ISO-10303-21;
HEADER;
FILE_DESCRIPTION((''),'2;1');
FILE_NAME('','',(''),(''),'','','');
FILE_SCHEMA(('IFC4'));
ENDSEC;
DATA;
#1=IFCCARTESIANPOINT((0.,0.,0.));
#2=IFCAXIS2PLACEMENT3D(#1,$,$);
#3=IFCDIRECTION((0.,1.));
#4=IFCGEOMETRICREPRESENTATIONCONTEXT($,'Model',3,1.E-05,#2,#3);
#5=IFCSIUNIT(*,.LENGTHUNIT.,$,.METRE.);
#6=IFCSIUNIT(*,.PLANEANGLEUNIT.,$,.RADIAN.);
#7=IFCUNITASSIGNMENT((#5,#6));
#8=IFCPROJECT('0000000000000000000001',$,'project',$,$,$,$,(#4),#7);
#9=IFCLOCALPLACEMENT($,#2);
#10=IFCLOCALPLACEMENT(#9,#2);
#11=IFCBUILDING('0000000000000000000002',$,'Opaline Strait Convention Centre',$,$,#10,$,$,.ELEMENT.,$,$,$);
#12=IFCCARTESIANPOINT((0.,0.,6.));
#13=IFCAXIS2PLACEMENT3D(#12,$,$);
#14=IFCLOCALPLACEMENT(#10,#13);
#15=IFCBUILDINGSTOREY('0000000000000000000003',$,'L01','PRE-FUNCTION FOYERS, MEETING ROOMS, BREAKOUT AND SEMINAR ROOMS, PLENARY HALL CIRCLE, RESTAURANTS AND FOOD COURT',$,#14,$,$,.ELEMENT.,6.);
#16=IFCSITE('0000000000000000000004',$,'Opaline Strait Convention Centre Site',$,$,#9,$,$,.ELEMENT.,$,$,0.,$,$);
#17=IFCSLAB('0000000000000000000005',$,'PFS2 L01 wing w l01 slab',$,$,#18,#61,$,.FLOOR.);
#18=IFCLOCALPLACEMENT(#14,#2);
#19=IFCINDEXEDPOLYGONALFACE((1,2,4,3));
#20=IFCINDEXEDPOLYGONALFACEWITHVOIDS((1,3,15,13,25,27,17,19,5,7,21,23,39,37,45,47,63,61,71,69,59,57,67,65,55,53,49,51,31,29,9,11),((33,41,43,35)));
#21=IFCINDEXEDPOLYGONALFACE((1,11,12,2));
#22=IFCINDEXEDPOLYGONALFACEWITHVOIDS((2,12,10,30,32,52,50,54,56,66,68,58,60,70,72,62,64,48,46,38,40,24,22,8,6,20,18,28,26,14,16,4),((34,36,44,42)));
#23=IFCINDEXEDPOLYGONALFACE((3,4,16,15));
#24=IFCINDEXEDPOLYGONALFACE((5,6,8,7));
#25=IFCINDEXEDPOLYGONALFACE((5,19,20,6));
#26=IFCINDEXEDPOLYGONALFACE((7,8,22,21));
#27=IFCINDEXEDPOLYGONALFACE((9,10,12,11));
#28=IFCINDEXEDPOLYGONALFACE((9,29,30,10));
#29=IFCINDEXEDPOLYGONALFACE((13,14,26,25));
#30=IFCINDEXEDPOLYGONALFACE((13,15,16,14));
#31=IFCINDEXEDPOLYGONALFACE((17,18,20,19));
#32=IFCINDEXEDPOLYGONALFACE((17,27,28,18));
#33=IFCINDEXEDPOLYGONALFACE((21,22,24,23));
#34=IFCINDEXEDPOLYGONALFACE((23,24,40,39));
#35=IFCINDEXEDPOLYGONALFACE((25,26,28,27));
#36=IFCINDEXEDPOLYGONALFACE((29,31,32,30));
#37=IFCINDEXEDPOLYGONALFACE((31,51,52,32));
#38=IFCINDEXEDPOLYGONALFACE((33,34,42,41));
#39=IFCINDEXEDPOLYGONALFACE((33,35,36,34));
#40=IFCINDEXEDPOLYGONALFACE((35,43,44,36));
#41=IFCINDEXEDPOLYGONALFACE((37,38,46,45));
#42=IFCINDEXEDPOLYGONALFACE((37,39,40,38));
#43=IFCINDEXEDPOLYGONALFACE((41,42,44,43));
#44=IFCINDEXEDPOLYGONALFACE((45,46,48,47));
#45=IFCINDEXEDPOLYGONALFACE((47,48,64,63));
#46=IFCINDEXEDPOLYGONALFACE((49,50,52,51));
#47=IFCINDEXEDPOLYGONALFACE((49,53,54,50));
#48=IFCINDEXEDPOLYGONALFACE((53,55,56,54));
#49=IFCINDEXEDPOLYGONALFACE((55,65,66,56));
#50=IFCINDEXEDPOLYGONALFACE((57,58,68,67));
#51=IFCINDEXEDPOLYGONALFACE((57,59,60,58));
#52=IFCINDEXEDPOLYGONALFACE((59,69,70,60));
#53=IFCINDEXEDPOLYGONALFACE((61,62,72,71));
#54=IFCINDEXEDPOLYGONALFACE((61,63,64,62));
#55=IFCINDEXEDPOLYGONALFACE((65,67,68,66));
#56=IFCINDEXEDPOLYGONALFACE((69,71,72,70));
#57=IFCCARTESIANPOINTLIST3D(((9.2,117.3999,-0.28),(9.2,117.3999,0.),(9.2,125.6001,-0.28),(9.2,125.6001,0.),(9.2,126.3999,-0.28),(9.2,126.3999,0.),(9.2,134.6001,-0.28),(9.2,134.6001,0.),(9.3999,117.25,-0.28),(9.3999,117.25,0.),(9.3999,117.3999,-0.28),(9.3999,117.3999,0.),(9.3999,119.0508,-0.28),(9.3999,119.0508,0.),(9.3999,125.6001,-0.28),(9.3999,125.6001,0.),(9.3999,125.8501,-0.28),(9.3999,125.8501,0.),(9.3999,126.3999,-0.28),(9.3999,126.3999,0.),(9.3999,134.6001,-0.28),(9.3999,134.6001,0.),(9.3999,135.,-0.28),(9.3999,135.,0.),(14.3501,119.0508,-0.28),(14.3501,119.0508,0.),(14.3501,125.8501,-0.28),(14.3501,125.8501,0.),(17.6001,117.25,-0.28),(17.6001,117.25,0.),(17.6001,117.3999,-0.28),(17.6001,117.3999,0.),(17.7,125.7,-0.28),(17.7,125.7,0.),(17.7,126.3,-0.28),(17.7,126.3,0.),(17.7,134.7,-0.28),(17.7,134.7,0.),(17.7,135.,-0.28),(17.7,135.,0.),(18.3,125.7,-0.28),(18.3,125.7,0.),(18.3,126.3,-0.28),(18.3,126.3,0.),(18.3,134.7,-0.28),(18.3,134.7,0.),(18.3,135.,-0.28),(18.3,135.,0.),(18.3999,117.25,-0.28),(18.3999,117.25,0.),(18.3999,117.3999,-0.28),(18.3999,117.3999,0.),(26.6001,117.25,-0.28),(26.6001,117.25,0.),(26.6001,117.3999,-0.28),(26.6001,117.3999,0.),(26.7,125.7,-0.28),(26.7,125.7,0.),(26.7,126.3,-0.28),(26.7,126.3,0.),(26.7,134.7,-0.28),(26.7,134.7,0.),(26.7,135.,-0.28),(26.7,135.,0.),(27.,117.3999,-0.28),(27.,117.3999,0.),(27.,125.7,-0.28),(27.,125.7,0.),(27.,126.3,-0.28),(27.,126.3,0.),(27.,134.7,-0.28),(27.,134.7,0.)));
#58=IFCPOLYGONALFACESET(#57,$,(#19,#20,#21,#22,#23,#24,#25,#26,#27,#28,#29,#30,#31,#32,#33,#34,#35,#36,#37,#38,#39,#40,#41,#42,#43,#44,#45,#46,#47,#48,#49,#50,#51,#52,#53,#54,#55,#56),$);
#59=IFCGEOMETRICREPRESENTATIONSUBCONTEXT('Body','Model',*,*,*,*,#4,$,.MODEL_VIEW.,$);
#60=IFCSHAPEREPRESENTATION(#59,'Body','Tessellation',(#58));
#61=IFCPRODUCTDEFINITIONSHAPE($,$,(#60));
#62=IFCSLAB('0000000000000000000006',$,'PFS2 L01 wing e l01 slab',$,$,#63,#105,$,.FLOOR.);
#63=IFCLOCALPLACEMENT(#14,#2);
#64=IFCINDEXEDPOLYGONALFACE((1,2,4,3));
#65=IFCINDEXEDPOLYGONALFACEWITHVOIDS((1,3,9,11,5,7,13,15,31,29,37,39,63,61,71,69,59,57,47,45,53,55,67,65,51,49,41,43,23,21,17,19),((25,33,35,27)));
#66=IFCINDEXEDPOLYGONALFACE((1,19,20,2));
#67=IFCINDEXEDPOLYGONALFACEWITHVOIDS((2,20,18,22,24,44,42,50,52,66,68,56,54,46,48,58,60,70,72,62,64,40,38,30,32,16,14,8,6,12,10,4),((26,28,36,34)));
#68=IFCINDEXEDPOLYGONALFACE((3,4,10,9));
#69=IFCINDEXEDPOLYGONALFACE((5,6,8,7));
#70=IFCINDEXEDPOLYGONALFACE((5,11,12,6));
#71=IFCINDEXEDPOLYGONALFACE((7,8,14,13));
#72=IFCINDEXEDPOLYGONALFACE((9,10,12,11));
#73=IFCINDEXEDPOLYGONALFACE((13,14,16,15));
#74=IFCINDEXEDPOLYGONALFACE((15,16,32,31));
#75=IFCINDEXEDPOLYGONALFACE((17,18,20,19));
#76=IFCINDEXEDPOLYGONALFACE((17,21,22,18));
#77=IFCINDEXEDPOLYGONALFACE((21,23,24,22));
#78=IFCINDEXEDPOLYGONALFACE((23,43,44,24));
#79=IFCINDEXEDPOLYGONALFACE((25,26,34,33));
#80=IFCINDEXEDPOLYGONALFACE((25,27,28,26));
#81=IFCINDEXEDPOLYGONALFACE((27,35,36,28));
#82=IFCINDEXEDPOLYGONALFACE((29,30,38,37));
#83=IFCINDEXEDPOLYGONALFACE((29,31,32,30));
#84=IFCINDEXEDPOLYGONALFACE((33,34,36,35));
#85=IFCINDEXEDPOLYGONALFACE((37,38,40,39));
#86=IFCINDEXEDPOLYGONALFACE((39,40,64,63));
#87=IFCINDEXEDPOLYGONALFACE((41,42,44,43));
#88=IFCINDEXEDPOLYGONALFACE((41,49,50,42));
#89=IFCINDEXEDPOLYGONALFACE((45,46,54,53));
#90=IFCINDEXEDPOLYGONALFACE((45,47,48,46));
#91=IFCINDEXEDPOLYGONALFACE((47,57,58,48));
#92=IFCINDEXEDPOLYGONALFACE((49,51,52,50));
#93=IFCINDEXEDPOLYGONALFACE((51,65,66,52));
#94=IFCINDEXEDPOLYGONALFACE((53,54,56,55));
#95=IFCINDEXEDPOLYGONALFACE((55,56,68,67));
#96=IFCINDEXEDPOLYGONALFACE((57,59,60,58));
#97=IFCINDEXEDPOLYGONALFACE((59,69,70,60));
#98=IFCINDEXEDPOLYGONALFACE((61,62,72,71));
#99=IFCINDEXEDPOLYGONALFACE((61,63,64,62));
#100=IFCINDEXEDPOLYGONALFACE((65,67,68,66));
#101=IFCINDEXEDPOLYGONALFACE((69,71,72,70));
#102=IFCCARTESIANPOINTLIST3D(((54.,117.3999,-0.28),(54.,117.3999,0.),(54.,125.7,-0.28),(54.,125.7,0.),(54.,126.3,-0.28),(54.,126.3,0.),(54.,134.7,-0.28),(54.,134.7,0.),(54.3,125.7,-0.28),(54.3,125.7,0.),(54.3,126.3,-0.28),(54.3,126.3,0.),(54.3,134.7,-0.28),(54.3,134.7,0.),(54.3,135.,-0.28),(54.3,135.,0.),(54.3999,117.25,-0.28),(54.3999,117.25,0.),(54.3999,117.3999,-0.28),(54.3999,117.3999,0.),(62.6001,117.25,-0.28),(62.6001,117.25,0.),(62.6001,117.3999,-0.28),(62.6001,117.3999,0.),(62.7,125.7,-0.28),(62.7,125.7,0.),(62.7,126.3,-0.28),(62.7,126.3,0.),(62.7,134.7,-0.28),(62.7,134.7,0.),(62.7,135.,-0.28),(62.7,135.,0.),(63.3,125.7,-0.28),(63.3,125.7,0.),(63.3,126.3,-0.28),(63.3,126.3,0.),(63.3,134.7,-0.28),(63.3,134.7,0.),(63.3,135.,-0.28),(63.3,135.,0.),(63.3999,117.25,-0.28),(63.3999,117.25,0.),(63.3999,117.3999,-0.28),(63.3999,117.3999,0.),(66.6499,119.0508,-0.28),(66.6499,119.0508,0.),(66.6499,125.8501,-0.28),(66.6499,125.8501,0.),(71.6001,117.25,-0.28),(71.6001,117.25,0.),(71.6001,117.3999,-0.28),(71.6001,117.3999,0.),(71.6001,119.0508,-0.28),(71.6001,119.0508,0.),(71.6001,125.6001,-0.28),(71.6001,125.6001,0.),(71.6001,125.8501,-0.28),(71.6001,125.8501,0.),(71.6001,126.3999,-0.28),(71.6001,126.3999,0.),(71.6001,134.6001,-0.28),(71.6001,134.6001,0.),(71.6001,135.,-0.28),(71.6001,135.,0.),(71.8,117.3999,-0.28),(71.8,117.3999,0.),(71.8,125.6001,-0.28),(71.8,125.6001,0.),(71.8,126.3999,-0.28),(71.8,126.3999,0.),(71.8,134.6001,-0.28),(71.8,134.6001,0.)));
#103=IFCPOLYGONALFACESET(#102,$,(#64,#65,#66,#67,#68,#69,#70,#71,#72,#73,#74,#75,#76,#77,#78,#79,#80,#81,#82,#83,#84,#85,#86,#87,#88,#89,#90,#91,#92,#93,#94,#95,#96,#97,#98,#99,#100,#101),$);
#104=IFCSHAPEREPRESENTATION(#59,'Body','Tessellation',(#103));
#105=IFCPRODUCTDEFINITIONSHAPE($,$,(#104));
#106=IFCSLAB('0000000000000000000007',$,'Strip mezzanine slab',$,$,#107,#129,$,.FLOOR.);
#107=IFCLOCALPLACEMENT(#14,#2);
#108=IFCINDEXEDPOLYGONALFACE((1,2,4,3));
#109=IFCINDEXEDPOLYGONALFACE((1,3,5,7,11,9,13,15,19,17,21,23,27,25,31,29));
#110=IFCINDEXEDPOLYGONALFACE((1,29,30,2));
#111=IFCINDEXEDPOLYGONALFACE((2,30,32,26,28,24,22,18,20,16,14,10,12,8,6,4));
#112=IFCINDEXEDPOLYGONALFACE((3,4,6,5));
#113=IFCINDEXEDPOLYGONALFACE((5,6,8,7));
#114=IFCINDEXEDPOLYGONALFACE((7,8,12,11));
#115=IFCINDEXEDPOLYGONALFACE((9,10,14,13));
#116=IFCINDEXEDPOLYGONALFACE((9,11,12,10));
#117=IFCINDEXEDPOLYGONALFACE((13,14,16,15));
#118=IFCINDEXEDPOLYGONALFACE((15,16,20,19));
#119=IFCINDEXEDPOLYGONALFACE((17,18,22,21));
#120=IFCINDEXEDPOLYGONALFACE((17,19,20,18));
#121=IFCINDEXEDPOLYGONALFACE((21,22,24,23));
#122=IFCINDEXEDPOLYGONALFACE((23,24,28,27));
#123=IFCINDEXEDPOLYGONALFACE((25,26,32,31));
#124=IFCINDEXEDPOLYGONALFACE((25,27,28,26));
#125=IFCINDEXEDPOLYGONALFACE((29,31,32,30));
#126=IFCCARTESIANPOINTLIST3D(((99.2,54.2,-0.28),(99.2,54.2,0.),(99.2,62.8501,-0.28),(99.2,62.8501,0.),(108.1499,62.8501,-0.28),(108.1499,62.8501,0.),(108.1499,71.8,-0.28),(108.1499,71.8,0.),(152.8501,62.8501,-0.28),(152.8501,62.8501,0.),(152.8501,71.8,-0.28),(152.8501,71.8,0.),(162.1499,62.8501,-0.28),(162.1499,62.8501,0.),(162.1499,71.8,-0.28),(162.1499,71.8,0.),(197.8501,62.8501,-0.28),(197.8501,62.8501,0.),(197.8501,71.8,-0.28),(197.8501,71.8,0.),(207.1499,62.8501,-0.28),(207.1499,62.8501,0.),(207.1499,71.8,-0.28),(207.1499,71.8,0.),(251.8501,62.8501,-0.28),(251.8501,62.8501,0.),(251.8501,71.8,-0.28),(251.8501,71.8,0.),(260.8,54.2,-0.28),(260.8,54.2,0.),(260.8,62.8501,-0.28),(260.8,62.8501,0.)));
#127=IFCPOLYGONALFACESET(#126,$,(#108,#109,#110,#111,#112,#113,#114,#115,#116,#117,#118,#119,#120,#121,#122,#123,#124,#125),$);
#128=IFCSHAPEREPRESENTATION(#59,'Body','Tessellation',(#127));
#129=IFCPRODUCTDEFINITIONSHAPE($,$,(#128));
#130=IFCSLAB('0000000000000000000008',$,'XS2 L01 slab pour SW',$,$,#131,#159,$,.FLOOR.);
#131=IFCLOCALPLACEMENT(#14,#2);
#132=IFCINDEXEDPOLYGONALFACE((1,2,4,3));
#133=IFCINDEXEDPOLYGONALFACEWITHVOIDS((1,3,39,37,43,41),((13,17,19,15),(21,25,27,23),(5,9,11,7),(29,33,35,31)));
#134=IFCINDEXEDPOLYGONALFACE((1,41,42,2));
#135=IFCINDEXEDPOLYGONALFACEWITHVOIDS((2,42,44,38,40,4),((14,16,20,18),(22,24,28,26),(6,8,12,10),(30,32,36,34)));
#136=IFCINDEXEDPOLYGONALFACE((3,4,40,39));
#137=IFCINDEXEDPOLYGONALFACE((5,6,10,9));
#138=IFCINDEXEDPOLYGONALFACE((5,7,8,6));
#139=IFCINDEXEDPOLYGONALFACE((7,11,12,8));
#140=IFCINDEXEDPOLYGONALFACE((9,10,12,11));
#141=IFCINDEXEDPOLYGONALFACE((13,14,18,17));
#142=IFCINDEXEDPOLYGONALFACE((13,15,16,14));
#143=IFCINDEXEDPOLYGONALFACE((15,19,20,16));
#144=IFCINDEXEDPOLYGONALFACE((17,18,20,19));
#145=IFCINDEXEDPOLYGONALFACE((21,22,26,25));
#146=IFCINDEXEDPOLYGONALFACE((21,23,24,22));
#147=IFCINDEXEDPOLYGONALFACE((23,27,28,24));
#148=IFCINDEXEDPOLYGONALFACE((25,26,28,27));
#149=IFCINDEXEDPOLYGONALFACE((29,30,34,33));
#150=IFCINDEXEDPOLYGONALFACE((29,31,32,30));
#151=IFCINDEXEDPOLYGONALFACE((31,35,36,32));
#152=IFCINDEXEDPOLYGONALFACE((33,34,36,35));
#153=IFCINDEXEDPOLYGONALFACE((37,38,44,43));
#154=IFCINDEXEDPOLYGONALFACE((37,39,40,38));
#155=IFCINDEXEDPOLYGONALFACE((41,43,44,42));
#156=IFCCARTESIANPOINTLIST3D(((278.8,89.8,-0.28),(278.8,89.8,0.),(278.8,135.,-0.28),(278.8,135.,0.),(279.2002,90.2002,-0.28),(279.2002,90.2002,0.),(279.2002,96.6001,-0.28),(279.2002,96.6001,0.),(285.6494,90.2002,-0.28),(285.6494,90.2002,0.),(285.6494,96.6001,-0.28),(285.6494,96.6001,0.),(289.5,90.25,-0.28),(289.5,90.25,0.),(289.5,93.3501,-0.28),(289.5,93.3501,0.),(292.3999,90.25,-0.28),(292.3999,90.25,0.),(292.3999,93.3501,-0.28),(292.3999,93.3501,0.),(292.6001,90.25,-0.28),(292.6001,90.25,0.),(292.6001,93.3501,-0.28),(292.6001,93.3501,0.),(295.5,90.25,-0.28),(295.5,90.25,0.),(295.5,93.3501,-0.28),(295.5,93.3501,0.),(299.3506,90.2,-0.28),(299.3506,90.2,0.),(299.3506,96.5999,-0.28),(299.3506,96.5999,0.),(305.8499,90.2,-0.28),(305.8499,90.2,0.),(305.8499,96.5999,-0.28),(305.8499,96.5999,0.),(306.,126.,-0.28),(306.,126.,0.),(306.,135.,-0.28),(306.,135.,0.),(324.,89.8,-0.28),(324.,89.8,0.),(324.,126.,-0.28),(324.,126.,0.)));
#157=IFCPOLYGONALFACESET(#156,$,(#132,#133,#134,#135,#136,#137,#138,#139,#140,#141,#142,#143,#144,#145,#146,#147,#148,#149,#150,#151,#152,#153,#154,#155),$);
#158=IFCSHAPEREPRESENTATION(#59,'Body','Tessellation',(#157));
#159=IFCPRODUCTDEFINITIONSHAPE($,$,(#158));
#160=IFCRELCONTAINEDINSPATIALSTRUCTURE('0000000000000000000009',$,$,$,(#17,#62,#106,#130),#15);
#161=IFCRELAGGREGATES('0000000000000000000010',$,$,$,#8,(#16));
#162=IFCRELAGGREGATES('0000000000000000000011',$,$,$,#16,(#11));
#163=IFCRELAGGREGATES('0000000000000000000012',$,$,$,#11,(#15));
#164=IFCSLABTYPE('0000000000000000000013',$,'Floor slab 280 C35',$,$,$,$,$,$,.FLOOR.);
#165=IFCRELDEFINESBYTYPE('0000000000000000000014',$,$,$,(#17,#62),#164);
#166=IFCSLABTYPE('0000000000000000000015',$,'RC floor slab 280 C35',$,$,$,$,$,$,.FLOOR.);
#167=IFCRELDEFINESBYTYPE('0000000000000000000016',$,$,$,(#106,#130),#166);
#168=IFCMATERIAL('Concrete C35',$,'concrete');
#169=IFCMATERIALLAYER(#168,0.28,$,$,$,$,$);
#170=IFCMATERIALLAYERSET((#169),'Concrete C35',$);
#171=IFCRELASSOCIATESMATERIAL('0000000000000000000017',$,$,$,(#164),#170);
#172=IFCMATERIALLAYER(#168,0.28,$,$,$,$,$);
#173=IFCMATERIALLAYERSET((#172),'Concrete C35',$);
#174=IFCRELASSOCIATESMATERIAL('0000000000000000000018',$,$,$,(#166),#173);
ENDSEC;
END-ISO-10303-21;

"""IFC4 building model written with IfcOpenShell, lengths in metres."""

from ifc_helpers import new_model, si_unit, direction, frame, origin, place, context, subcontext, project, spatial, polyline, outline, extrude, material, layer, layer_set, type_object, element, save


model = new_model("IFC4")

# Units and contexts
model_context = context("Model", 3, precision=1e-05, world=origin(), true_north=direction((0.0, 1.0)))
body_context = subcontext(model_context, "Body", "Model", "MODEL_VIEW")
ifc_project = project(units=[si_unit("LENGTHUNIT", "METRE"), si_unit("PLANEANGLEUNIT", "RADIAN")], contexts=[model_context])

# Site, building, storey
site_placement = place(None, origin())
site = spatial("IfcSite", under=ifc_project, at=site_placement, Name="Opaline Strait Convention Centre Site", CompositionType="ELEMENT", RefElevation=0.0)
building_placement = place(site_placement, origin())
building = spatial("IfcBuilding", under=site, at=building_placement, Name="Opaline Strait Convention Centre", CompositionType="ELEMENT")
storey_placement = place(building_placement, frame((0.0, 0.0, 6.0)))
storey = spatial("IfcBuildingStorey", under=building, at=storey_placement, Name="L01", Description="PRE-FUNCTION FOYERS, MEETING ROOMS, BREAKOUT AND SEMINAR ROOMS, PLENARY HALL CIRCLE, RESTAURANTS AND FOOD COURT", CompositionType="ELEMENT", Elevation=6.0)

# Slabs
ifc_material_1 = material(Name="Concrete C35", Category="concrete")
ifc_layer_1 = layer(ifc_material_1, 0.28)
ifc_layer_set_1 = layer_set([ifc_layer_1], Name="Concrete C35")
slab_type_1 = type_object("IfcSlabType", Name="Floor slab 280 C35", PredefinedType="FLOOR", material=ifc_layer_set_1)
slab_1_placement = place(storey_placement, frame((0.0, 0.0, -0.28)))
element("IfcSlab", 1, at=slab_1_placement, inside=storey, type_object=slab_type_1, Name="PFS2 L01 wing w l01 slab", PredefinedType="FLOOR", context=body_context, shape_type="SweptSolid", body=[
    extrude(outline(polyline([(18.3999, 117.25), (18.3999, 117.3999), (17.6001, 117.3999), (17.6001, 117.25), (9.3999, 117.25), (9.3999, 117.3999), (9.2, 117.3999), (9.2, 125.6001), (9.3999, 125.6001), (9.3999, 119.0508), (14.3501, 119.0508), (14.3501, 125.8501), (9.3999, 125.8501), (9.3999, 126.3999), (9.2, 126.3999), (9.2, 134.6001), (9.3999, 134.6001), (9.3999, 135.0), (17.7, 135.0), (17.7, 134.7), (18.3, 134.7), (18.3, 135.0), (26.7, 135.0), (26.7, 134.7), (27.0, 134.7), (27.0, 126.3), (26.7, 126.3), (26.7, 125.7), (27.0, 125.7), (27.0, 117.3999), (26.6001, 117.3999), (26.6001, 117.25), (18.3999, 117.25)]), holes=[polyline([(17.7, 125.7), (18.3, 125.7), (18.3, 126.3), (17.7, 126.3), (17.7, 125.7)])]), origin(), (0.0, 0.0, 1.0), 0.28),
])
slab_2_placement = place(storey_placement, frame((0.0, 0.0, -0.28)))
element("IfcSlab", 2, at=slab_2_placement, inside=storey, type_object=slab_type_1, Name="PFS2 L01 wing e l01 slab", PredefinedType="FLOOR", context=body_context, shape_type="SweptSolid", body=[
    extrude(outline(polyline([(63.3999, 117.25), (63.3999, 117.3999), (62.6001, 117.3999), (62.6001, 117.25), (54.3999, 117.25), (54.3999, 117.3999), (54.0, 117.3999), (54.0, 125.7), (54.3, 125.7), (54.3, 126.3), (54.0, 126.3), (54.0, 134.7), (54.3, 134.7), (54.3, 135.0), (62.7, 135.0), (62.7, 134.7), (63.3, 134.7), (63.3, 135.0), (71.6001, 135.0), (71.6001, 134.6001), (71.8, 134.6001), (71.8, 126.3999), (71.6001, 126.3999), (71.6001, 125.8501), (66.6499, 125.8501), (66.6499, 119.0508), (71.6001, 119.0508), (71.6001, 125.6001), (71.8, 125.6001), (71.8, 117.3999), (71.6001, 117.3999), (71.6001, 117.25), (63.3999, 117.25)]), holes=[polyline([(62.7, 125.7), (63.3, 125.7), (63.3, 126.3), (62.7, 126.3), (62.7, 125.7)])]), origin(), (0.0, 0.0, 1.0), 0.28),
])
ifc_layer_2 = layer(ifc_material_1, 0.28)
ifc_layer_set_2 = layer_set([ifc_layer_2], Name="Concrete C35")
slab_type_2 = type_object("IfcSlabType", Name="RC floor slab 280 C35", PredefinedType="FLOOR", material=ifc_layer_set_2)
slab_3_placement = place(storey_placement, frame((0.0, 0.0, -0.28)))
element("IfcSlab", 3, at=slab_3_placement, inside=storey, type_object=slab_type_2, Name="Strip mezzanine slab", PredefinedType="FLOOR", context=body_context, shape_type="SweptSolid", body=[
    extrude(outline(polyline([(99.2, 54.2), (99.2, 62.8501), (108.1499, 62.8501), (108.1499, 71.8), (152.8501, 71.8), (152.8501, 62.8501), (162.1499, 62.8501), (162.1499, 71.8), (197.8501, 71.8), (197.8501, 62.8501), (207.1499, 62.8501), (207.1499, 71.8), (251.8501, 71.8), (251.8501, 62.8501), (260.8, 62.8501), (260.8, 54.2), (99.2, 54.2)])), origin(), (0.0, 0.0, 1.0), 0.28),
])
slab_4_placement = place(storey_placement, frame((0.0, 0.0, -0.28)))
element("IfcSlab", 4, at=slab_4_placement, inside=storey, type_object=slab_type_2, Name="XS2 L01 slab pour SW", PredefinedType="FLOOR", context=body_context, shape_type="SweptSolid", body=[
    extrude(outline(polyline([(278.8, 89.8), (278.8, 135.0), (306.0, 135.0), (306.0, 126.0), (324.0, 126.0), (324.0, 89.8), (278.8, 89.8)]), holes=[polyline([(289.5, 93.3501), (289.5, 90.25), (292.3999, 90.25), (292.3999, 93.3501), (289.5, 93.3501)]), polyline([(292.6001, 93.3501), (292.6001, 90.25), (295.5, 90.25), (295.5, 93.3501), (292.6001, 93.3501)]), polyline([(299.3506, 96.5999), (299.3506, 90.2), (305.8499, 90.2), (305.8499, 96.5999), (299.3506, 96.5999)]), polyline([(279.2002, 96.6001), (279.2002, 90.2002), (285.6494, 90.2002), (285.6494, 96.6001), (279.2002, 96.6001)])]), origin(), (0.0, 0.0, 1.0), 0.28),
])

save(model, "model.ifc")
